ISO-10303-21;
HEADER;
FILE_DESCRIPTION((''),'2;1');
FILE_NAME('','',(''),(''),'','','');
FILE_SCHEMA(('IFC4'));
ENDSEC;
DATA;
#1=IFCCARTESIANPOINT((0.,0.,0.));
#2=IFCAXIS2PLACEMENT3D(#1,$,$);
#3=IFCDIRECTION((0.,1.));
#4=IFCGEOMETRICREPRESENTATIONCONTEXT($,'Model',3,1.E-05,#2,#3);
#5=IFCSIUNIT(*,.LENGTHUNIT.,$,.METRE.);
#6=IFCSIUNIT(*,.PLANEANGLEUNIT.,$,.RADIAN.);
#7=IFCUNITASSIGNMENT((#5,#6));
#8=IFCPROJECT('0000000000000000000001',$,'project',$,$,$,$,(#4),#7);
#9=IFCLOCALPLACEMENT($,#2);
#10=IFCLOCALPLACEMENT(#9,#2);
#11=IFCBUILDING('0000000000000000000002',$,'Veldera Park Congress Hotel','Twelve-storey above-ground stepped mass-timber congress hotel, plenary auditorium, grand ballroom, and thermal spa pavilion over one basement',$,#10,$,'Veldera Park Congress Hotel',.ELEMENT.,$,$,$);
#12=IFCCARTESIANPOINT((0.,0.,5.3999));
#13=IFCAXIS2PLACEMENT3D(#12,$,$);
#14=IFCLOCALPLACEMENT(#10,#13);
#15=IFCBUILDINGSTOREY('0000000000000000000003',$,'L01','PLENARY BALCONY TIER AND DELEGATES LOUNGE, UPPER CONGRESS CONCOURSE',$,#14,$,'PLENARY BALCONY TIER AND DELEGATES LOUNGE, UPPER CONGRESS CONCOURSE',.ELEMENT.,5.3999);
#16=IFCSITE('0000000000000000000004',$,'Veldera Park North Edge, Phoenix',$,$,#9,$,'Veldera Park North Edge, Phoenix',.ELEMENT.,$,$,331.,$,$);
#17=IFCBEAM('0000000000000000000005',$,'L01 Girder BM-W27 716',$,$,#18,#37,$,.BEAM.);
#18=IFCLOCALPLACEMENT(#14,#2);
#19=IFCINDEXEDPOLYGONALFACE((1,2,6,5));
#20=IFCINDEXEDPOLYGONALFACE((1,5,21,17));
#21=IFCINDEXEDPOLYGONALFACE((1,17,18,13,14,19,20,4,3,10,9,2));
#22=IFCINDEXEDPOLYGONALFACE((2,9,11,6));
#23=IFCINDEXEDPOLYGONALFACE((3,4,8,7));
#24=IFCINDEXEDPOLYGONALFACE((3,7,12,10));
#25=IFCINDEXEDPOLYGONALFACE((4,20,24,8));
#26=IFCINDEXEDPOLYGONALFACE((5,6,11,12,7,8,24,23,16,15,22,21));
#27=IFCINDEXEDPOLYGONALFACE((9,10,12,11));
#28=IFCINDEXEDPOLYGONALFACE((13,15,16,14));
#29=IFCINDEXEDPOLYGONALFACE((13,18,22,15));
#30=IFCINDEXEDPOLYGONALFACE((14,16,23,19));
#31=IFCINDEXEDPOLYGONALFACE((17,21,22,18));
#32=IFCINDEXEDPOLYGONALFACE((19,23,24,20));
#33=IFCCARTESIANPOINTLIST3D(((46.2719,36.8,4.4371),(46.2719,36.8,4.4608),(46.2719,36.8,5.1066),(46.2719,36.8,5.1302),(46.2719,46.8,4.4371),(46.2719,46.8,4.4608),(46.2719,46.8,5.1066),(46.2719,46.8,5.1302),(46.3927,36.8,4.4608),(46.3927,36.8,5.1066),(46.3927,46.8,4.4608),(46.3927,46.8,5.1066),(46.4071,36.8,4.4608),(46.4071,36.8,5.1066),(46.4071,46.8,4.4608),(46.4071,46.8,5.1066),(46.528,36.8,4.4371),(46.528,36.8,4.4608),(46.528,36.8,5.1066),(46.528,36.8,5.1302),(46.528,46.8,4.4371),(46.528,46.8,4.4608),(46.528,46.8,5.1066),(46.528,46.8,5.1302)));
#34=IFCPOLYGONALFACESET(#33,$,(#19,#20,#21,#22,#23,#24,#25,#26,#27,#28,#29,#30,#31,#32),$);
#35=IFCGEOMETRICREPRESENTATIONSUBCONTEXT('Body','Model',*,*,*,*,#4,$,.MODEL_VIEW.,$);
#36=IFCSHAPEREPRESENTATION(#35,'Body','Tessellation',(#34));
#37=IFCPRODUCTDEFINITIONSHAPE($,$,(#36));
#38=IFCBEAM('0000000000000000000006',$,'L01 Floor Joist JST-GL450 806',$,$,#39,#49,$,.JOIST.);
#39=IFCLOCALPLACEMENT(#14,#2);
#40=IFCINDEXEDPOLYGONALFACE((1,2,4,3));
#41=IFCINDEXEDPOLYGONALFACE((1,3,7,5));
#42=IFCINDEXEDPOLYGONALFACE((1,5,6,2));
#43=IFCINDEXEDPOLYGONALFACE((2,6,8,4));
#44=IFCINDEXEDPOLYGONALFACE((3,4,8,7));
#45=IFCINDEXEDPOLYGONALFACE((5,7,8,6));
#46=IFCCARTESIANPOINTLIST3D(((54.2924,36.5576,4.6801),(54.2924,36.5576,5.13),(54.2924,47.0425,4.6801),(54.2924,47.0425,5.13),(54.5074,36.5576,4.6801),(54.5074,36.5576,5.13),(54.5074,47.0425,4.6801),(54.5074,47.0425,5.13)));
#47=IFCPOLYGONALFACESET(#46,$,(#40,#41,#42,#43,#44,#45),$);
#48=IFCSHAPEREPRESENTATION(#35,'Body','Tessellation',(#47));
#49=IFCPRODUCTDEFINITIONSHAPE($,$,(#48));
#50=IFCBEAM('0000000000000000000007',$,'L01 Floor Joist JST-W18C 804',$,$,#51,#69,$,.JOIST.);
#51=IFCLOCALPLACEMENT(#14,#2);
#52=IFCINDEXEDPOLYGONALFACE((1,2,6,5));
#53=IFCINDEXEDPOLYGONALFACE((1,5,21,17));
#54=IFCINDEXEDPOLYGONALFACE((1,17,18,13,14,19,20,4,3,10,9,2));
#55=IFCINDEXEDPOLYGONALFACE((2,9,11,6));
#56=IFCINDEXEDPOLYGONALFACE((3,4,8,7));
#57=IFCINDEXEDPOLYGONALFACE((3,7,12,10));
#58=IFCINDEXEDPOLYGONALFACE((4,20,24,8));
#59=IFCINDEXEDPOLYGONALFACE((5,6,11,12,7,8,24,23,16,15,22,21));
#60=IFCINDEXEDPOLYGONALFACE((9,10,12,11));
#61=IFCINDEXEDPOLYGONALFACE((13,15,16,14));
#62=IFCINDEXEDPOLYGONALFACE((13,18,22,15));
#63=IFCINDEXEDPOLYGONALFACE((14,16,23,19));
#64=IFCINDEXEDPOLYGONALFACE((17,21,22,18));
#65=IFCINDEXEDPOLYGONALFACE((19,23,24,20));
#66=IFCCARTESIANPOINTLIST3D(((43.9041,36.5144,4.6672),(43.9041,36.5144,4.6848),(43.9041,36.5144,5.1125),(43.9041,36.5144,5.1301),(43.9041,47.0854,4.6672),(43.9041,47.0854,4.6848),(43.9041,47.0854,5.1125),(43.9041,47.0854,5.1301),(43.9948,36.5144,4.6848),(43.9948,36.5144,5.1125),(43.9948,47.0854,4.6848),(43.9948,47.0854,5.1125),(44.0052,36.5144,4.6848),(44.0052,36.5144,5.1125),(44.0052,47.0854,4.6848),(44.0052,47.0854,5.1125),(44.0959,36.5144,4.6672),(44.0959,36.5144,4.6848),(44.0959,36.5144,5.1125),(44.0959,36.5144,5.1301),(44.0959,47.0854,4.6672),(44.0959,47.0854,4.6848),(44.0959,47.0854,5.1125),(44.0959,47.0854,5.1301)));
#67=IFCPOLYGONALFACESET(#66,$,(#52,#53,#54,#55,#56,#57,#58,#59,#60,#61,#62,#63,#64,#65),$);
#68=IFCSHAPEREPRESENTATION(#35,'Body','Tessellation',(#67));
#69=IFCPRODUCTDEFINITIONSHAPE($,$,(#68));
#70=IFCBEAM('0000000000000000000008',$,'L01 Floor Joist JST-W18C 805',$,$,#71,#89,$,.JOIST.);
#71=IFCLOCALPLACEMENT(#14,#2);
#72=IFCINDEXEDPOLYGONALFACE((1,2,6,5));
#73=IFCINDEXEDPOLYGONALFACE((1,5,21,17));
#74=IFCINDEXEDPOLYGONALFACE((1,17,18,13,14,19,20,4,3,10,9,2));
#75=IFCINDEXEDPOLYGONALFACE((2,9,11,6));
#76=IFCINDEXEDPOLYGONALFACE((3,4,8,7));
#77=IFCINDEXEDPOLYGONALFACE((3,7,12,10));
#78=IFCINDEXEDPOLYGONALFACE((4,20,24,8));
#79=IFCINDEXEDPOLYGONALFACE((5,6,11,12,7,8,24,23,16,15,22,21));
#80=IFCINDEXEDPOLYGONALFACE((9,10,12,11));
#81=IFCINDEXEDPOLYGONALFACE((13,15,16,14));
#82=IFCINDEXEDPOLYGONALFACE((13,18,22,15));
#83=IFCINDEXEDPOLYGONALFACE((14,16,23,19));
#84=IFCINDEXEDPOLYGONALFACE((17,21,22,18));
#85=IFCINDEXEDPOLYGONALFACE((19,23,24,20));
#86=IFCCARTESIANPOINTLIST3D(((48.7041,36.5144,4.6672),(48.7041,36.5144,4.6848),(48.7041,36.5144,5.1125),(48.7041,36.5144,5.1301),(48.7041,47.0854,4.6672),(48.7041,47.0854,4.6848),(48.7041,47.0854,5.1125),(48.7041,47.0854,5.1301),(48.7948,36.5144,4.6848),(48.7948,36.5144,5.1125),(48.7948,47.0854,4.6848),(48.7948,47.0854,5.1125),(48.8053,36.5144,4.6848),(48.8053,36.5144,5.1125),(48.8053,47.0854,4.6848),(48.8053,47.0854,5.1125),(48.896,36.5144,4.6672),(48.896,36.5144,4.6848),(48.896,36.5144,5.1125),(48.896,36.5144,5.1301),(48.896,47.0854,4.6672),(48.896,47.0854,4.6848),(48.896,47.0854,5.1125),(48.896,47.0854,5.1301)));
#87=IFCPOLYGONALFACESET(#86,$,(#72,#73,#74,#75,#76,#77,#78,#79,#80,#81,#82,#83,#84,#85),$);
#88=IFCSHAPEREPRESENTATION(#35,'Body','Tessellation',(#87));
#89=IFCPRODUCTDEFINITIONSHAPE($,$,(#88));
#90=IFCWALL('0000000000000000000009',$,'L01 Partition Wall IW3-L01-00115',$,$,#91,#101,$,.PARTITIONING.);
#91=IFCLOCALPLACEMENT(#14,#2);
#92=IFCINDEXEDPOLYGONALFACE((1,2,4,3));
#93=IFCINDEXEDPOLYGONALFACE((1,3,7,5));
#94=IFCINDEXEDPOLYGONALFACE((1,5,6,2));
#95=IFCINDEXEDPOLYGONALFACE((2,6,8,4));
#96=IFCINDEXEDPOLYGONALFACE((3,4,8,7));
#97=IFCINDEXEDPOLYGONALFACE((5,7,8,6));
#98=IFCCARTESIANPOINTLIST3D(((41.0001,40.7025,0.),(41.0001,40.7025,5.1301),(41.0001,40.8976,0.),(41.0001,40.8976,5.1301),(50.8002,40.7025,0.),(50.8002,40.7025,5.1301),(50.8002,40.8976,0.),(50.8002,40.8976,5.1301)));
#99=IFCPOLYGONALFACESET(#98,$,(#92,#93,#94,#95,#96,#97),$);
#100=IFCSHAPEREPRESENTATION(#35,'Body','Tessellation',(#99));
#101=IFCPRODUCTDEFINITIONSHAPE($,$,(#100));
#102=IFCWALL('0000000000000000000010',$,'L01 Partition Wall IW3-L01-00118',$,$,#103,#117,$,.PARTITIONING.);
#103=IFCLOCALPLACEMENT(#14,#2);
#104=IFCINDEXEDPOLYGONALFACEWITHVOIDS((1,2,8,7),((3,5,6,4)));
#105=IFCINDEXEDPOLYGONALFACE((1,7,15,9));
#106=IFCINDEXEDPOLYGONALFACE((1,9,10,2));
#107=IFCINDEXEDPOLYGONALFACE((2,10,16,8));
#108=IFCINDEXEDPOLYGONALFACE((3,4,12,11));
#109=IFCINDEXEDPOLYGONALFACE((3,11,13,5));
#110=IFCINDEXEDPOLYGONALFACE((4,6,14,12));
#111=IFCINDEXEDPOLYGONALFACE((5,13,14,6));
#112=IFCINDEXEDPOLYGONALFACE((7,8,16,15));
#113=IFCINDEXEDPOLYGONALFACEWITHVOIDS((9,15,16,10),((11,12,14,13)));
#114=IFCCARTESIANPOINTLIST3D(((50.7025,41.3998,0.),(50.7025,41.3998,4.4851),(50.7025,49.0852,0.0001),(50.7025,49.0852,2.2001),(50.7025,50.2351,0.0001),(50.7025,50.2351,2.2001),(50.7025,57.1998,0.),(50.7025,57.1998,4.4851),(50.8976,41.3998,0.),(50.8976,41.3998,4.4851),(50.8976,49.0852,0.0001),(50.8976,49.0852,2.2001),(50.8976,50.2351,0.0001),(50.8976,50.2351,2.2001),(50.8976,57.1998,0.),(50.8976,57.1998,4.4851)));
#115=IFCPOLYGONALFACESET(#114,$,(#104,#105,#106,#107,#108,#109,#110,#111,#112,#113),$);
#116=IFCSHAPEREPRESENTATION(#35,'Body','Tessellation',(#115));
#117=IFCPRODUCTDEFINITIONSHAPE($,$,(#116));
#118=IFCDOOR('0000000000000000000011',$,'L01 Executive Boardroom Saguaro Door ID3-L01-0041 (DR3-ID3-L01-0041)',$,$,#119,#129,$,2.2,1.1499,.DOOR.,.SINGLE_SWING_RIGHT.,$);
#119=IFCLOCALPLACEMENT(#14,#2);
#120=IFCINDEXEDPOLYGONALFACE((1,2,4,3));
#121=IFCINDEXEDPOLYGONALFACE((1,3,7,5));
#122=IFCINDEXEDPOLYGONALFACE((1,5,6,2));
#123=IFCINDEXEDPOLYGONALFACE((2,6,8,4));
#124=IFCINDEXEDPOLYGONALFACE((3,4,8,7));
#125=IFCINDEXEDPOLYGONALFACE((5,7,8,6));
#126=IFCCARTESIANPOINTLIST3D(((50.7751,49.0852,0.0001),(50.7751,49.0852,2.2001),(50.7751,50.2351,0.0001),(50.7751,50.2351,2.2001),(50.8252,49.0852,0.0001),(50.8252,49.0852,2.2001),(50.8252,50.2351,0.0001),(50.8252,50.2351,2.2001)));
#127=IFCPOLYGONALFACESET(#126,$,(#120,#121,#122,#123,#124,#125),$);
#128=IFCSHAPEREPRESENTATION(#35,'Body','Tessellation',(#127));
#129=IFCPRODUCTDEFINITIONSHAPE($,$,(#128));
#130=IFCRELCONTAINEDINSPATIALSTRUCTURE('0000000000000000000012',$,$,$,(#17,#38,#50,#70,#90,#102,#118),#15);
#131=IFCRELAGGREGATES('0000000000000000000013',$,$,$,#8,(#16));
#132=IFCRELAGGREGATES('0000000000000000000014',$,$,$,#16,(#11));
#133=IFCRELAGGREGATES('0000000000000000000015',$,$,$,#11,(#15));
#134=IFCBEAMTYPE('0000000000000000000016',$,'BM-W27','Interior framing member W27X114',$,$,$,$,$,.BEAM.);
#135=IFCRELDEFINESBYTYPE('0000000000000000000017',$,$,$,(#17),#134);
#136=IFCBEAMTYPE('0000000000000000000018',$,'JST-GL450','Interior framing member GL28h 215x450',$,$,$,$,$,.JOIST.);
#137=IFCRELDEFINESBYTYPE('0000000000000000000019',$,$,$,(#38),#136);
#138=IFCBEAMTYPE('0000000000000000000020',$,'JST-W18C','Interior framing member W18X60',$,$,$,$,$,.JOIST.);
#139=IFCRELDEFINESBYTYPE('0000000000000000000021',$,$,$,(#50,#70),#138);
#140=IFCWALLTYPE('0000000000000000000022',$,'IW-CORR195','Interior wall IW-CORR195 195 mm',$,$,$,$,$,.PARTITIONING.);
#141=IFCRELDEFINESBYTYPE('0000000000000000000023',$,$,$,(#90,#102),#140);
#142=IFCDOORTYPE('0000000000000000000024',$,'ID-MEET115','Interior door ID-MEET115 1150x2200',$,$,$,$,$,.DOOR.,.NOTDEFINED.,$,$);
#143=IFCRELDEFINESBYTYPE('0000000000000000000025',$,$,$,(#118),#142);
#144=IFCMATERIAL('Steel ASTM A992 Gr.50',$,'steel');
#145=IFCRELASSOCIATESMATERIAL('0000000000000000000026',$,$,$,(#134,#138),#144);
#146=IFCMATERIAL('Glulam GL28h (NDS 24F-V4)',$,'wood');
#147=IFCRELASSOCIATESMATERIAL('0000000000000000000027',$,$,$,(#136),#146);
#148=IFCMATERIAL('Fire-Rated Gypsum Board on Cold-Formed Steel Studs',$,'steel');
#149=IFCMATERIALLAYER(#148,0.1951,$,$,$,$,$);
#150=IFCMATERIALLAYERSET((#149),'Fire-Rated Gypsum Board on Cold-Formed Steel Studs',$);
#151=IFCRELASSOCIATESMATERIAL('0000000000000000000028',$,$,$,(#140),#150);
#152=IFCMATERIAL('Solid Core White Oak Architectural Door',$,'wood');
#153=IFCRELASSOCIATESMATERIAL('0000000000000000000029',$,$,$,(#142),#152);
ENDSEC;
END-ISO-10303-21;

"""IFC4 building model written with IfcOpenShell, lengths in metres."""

from ifc_helpers import new_model, si_unit, direction, frame, frame_2d, origin, origin_2d, place, context, subcontext, project, spatial, rectangle, i_section, extrude, material, layer, layer_set, material_profile, profile_set, type_object, element, fill, save


model = new_model("IFC4")

# Units and contexts
model_context = context("Model", 3, precision=1e-05, world=origin(), true_north=direction((0.0, 1.0)))
body_context = subcontext(model_context, "Body", "Model", "MODEL_VIEW")
ifc_project = project(units=[si_unit("LENGTHUNIT", "METRE"), si_unit("PLANEANGLEUNIT", "RADIAN")], contexts=[model_context])

# Site, building, storey
site_placement = place(None, origin())
site = spatial("IfcSite", under=ifc_project, at=site_placement, Name="Veldera Park North Edge, Phoenix", LongName="Veldera Park North Edge, Phoenix", CompositionType="ELEMENT", RefElevation=331.0)
building_placement = place(site_placement, origin())
building = spatial("IfcBuilding", under=site, at=building_placement, Name="Veldera Park Congress Hotel", Description="Twelve-storey above-ground stepped mass-timber congress hotel, plenary auditorium, grand ballroom, and thermal spa pavilion over one basement", LongName="Veldera Park Congress Hotel", CompositionType="ELEMENT")
storey_placement = place(building_placement, frame((0.0, 0.0, 5.3999)))
storey = spatial("IfcBuildingStorey", under=building, at=storey_placement, Name="L01", Description="PLENARY BALCONY TIER AND DELEGATES LOUNGE, UPPER CONGRESS CONCOURSE", LongName="PLENARY BALCONY TIER AND DELEGATES LOUNGE, UPPER CONGRESS CONCOURSE", CompositionType="ELEMENT", Elevation=5.3999)

# Beams
ifc_material_1 = material(Name="Glulam GL28h (NDS 24F-V4)", Category="wood")
ifc_material_2 = material(Name="Steel ASTM A992 Gr.50", Category="steel")
ifc_material_profile_1 = material_profile(ifc_material_2, i_section(OverallWidth=0.2561, OverallDepth=0.6931, WebThickness=0.0144, FlangeThickness=0.0237, at=origin_2d()), Name="W27X114")
ifc_profile_set_1 = profile_set([ifc_material_profile_1], Name="Steel ASTM A992 Gr.50")
beam_type_1 = type_object("IfcBeamType", Name="BM-W27", Description="Interior framing member W27X114", PredefinedType="BEAM", material=ifc_profile_set_1)
beam_1_placement = place(storey_placement, frame((46.3999, 36.8, 4.7837), z_axis=(0.0, 1.0, 0.0), x_axis=(-1.0, 0.0, 0.0)))
element("IfcBeam", 1, at=beam_1_placement, inside=storey, type_object=beam_type_1, Name="L01 Girder BM-W27 716", PredefinedType="BEAM", context=body_context, shape_type="SweptSolid", body=[
    extrude(i_section(OverallWidth=0.2561, OverallDepth=0.6931, WebThickness=0.0144, FlangeThickness=0.0237, at=origin_2d()), origin(), (0.0, 0.0, 1.0), 10.0),
])
ifc_material_profile_2 = material_profile(ifc_material_1, rectangle(XDim=0.2151, YDim=0.45, at=origin_2d()), Name="GL28h 215x450")
ifc_profile_set_2 = profile_set([ifc_material_profile_2], Name="Glulam GL28h (NDS 24F-V4)")
beam_type_2 = type_object("IfcBeamType", Name="JST-GL450", Description="Interior framing member GL28h 215x450", PredefinedType="JOIST", material=ifc_profile_set_2)
beam_2_placement = place(storey_placement, frame((54.3999, 36.5576, 4.905), z_axis=(0.0, 1.0, 0.0), x_axis=(-1.0, 0.0, 0.0)))
element("IfcBeam", 2, at=beam_2_placement, inside=storey, type_object=beam_type_2, Name="L01 Floor Joist JST-GL450 806", PredefinedType="JOIST", context=body_context, shape_type="SweptSolid", body=[
    extrude(rectangle(XDim=0.2151, YDim=0.45, at=origin_2d()), origin(), (0.0, 0.0, 1.0), 10.4849),
])
ifc_material_profile_3 = material_profile(ifc_material_2, i_section(OverallWidth=0.1919, OverallDepth=0.4629, WebThickness=0.0105, FlangeThickness=0.0176, at=origin_2d()), Name="W18X60")
ifc_profile_set_3 = profile_set([ifc_material_profile_3], Name="Steel ASTM A992 Gr.50")
beam_type_3 = type_object("IfcBeamType", Name="JST-W18C", Description="Interior framing member W18X60", PredefinedType="JOIST", material=ifc_profile_set_3)
for number, where, z_axis, x_axis, name in (
    (3, (44.0, 36.5144, 4.8987), (0.0, 1.0, 0.0), (-1.0, 0.0, 0.0), "L01 Floor Joist JST-W18C 804"),
    (4, (48.8, 36.5144, 4.8987), (0.0, 1.0, 0.0), (-1.0, 0.0, 0.0), "L01 Floor Joist JST-W18C 805"),
):
    element("IfcBeam", number, at=place(storey_placement, frame(where, z_axis=z_axis, x_axis=x_axis)), inside=storey, type_object=beam_type_3, Name=name, PredefinedType="JOIST", context=body_context, shape_type="SweptSolid", body=[
        extrude(i_section(OverallWidth=0.1919, OverallDepth=0.4629, WebThickness=0.0105, FlangeThickness=0.0176, at=origin_2d()), origin(), (0.0, 0.0, 1.0), 10.571),
    ])

# Wall
ifc_material_3 = material(Name="Fire-Rated Gypsum Board on Cold-Formed Steel Studs", Category="steel")
ifc_layer = layer(ifc_material_3, 0.1951)
ifc_layer_set = layer_set([ifc_layer], Name="Fire-Rated Gypsum Board on Cold-Formed Steel Studs")
wall_type = type_object("IfcWallType", Name="IW-CORR195", Description="Interior wall IW-CORR195 195 mm", PredefinedType="PARTITIONING", material=ifc_layer_set)
wall_1_placement = place(storey_placement, frame((50.8, 40.8, 0.0), z_axis=(0.0, 0.0, 1.0), x_axis=(-1.0, 0.0, 0.0)))
element("IfcWall", 5, at=wall_1_placement, inside=storey, type_object=wall_type, Name="L01 Partition Wall IW3-L01-00115", PredefinedType="PARTITIONING", context=body_context, shape_type="SweptSolid", body=[
    extrude(rectangle(XDim=9.8, YDim=0.1951, at=frame_2d((4.8999, 0.0))), origin(), (0.0, 0.0, 1.0), 5.1301),
])

# Wall, opening, door
wall_2_placement = place(storey_placement, frame((50.8, 41.3999, 0.0), z_axis=(0.0, 0.0, 1.0), x_axis=(0.0, 1.0, 0.0)))
wall_2 = element("IfcWall", 6, at=wall_2_placement, inside=storey, type_object=wall_type, Name="L01 Partition Wall IW3-L01-00118", PredefinedType="PARTITIONING", context=body_context, shape_type="SweptSolid", body=[
    extrude(rectangle(XDim=15.8, YDim=0.1951, at=frame_2d((7.8999, 0.0))), origin(), (0.0, 0.0, 1.0), 4.4851),
])
opening_placement = place(wall_2_placement, frame((7.6853, 0.0, 0.0)))
opening = element("IfcOpeningElement", 7, at=opening_placement, cuts=wall_2, PredefinedType="OPENING", context=body_context, shape_type="SweptSolid", body=[
    extrude(rectangle(XDim=1.1499, YDim=2.2, at=frame_2d((0.575, 1.1001))), frame((0.0, 0.1096, 0.0), z_axis=(0.0, -1.0, 0.0), x_axis=(1.0, 0.0, 0.0)), (0.0, 0.0, 1.0), 0.219),
])
ifc_material_4 = material(Name="Solid Core White Oak Architectural Door", Category="wood")
door_type = type_object("IfcDoorType", Name="ID-MEET115", Description="Interior door ID-MEET115 1150x2200", OperationType="NOTDEFINED", PredefinedType="DOOR", material=ifc_material_4)
door_placement = place(opening_placement, origin())
door = element("IfcDoor", 8, at=door_placement, inside=storey, type_object=door_type, Name="L01 Executive Boardroom Saguaro Door ID3-L01-0041 (DR3-ID3-L01-0041)", OperationType="SINGLE_SWING_RIGHT", OverallHeight=2.2, OverallWidth=1.1499, PredefinedType="DOOR", context=body_context, shape_type="SweptSolid", body=[
    extrude(rectangle(XDim=1.1499, YDim=2.2, at=frame_2d((0.575, 1.1001))), frame((0.0, 0.0249, 0.0), z_axis=(0.0, -1.0, 0.0), x_axis=(1.0, 0.0, 0.0)), (0.0, 0.0, 1.0), 0.05),
])
fill(opening, door)

save(model, "model.ifc")
